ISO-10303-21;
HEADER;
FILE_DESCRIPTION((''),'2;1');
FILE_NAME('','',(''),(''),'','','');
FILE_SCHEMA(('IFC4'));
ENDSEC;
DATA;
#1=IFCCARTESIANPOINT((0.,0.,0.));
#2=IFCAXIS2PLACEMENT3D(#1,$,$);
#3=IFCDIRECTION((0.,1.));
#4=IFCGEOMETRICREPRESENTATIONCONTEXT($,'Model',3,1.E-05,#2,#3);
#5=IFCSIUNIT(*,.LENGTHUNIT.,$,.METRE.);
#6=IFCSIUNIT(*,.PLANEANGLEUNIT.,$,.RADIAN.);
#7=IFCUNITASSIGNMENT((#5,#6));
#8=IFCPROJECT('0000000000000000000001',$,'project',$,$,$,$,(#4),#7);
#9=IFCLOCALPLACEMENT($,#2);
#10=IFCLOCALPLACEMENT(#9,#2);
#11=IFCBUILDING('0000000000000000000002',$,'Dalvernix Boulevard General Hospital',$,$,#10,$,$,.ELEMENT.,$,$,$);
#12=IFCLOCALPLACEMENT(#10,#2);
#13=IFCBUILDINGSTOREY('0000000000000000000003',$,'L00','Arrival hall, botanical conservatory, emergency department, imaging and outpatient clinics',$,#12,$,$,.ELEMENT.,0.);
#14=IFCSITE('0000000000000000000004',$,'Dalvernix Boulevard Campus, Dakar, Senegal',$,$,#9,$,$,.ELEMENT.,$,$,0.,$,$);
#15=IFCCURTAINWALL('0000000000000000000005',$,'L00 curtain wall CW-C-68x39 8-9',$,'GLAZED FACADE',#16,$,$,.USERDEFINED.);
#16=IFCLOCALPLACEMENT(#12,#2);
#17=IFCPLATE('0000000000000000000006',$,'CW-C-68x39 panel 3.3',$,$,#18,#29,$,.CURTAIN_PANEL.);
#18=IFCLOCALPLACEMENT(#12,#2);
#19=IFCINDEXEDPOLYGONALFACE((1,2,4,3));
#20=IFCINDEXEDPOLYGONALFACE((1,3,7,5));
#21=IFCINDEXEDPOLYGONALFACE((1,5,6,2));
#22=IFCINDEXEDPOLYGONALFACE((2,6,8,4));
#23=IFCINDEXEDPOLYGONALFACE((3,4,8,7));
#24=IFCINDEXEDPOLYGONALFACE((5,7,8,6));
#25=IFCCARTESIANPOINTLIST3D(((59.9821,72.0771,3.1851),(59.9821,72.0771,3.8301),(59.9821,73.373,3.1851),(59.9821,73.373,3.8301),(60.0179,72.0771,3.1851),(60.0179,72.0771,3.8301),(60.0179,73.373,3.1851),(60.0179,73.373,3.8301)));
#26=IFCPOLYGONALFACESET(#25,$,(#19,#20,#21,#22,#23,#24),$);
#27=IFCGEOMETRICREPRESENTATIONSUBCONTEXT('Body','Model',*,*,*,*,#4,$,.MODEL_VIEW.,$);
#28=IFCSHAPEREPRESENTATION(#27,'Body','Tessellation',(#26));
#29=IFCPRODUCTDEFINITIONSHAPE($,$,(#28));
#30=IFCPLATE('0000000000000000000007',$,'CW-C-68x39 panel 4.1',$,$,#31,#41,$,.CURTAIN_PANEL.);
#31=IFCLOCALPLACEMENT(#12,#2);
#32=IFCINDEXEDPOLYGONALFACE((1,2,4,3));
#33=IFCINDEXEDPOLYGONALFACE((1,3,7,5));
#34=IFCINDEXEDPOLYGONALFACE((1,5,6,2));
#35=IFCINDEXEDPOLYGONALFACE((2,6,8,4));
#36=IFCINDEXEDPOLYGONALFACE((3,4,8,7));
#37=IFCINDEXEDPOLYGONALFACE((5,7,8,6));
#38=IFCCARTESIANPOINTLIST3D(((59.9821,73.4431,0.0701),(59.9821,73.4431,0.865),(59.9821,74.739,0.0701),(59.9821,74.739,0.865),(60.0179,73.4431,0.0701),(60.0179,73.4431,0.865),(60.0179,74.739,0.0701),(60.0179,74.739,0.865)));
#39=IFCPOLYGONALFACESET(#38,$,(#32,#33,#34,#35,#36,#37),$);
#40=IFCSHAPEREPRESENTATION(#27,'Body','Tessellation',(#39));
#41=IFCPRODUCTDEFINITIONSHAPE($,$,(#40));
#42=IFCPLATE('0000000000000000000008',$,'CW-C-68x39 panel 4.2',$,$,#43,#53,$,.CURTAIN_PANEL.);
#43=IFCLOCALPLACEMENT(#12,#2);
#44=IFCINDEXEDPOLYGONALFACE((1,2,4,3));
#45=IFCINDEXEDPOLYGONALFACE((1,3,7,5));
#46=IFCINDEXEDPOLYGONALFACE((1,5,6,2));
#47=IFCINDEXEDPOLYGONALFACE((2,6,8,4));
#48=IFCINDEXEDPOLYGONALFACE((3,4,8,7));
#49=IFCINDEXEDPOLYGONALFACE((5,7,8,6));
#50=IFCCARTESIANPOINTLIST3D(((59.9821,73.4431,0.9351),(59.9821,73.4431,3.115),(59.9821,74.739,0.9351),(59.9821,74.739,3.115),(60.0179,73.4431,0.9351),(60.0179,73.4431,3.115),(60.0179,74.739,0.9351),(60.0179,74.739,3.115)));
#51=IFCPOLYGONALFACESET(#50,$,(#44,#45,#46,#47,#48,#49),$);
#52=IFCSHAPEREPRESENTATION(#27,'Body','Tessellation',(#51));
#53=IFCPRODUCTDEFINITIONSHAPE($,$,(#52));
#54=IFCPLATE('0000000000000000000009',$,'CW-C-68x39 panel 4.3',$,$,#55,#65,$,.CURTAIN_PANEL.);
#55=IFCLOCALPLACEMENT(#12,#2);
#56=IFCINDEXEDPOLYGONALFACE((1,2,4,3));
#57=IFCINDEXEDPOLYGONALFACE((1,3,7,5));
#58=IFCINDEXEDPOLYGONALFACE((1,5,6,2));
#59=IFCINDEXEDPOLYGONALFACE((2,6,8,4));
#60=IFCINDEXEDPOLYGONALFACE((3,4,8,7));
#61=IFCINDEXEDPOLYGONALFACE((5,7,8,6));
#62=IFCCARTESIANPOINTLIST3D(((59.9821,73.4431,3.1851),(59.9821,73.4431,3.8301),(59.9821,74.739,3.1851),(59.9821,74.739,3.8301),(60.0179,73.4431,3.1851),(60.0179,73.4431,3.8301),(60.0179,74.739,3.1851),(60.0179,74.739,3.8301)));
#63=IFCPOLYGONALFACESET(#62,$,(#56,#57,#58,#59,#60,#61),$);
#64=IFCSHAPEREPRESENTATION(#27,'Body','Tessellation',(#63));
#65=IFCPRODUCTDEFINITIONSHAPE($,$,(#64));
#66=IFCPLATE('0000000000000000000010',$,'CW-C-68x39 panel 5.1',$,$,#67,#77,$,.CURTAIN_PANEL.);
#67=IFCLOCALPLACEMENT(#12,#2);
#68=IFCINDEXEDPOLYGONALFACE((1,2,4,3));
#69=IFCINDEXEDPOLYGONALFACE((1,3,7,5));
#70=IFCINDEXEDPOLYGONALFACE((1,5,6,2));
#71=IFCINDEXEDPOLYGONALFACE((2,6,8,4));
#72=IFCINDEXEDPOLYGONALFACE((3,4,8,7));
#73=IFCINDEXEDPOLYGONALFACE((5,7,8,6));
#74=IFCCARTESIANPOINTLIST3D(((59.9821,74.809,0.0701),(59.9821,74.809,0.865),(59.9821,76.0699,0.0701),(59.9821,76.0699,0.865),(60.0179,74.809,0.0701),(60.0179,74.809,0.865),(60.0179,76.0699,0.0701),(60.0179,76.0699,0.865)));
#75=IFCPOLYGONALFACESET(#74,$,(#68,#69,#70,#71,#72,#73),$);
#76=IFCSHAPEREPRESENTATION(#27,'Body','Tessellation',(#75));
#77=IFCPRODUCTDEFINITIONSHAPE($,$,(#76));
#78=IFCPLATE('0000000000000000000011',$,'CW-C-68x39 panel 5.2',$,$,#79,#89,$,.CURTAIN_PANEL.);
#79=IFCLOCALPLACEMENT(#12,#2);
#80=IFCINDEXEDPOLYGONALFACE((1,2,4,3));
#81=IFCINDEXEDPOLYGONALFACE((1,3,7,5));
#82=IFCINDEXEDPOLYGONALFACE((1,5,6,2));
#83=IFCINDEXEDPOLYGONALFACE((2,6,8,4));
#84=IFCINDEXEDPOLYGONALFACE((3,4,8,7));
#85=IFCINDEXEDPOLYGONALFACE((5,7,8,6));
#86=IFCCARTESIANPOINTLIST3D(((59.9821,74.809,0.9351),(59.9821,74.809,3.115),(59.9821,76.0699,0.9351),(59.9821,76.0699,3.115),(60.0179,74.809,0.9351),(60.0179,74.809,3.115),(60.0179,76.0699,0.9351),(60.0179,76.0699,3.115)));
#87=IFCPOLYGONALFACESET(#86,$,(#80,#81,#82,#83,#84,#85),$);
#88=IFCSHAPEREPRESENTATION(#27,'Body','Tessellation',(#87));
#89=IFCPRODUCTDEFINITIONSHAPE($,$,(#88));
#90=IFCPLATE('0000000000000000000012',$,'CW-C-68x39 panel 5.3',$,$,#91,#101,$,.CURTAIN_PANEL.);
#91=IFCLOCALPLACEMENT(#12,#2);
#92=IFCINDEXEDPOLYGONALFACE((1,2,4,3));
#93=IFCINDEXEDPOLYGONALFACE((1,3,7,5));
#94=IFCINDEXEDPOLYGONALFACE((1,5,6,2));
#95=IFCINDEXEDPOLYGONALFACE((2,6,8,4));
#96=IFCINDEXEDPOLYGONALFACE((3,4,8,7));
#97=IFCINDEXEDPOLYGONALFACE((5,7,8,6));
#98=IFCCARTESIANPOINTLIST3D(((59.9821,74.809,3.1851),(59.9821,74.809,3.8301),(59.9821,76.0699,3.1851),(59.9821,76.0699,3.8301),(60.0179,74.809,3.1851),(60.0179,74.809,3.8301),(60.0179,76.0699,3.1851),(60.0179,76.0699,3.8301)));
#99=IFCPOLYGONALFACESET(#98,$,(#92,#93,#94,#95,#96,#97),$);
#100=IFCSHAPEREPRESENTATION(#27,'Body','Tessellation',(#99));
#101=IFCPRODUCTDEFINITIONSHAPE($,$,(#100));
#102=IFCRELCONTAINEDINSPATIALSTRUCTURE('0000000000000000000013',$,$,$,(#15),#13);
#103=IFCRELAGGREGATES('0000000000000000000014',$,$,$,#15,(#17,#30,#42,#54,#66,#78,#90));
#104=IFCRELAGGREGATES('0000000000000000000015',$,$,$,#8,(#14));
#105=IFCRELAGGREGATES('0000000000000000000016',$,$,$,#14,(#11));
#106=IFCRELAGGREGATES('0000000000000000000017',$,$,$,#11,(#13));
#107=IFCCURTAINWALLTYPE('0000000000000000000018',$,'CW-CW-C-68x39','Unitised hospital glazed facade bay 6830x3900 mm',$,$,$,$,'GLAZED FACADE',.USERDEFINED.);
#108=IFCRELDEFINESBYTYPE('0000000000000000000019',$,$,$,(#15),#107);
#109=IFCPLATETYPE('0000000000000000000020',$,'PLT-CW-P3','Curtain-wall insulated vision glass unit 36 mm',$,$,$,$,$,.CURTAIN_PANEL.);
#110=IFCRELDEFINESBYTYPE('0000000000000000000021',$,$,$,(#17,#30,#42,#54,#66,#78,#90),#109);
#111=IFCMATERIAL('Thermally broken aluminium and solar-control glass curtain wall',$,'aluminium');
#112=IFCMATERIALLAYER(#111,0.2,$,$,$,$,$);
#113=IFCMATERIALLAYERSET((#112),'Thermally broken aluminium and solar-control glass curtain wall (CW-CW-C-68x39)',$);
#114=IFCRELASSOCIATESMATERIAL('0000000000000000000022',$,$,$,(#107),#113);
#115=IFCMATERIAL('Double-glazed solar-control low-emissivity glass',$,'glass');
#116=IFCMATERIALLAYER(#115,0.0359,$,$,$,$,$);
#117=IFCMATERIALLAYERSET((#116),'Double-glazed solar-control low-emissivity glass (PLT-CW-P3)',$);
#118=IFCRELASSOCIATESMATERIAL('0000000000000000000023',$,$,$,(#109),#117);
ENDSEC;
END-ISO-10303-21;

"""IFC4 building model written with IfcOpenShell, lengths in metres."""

from ifc_helpers import new_model, si_unit, direction, frame, origin, origin_2d, place, context, subcontext, project, spatial, rectangle, extrude, material, layer, layer_set, type_object, element, aggregate, save


model = new_model("IFC4")

# Units and contexts
model_context = context("Model", 3, precision=1e-05, world=origin(), true_north=direction((0.0, 1.0)))
body_context = subcontext(model_context, "Body", "Model", "MODEL_VIEW")
ifc_project = project(units=[si_unit("LENGTHUNIT", "METRE"), si_unit("PLANEANGLEUNIT", "RADIAN")], contexts=[model_context])

# Site, building, storey
site_placement = place(None, origin())
site = spatial("IfcSite", under=ifc_project, at=site_placement, Name="Dalvernix Boulevard Campus, Dakar, Senegal", CompositionType="ELEMENT", RefElevation=0.0)
building_placement = place(site_placement, origin())
building = spatial("IfcBuilding", under=site, at=building_placement, Name="Dalvernix Boulevard General Hospital", CompositionType="ELEMENT")
storey_placement = place(building_placement, origin())
storey = spatial("IfcBuildingStorey", under=building, at=storey_placement, Name="L00", Description="Arrival hall, botanical conservatory, emergency department, imaging and outpatient clinics", CompositionType="ELEMENT", Elevation=0.0)

# Curtain wall, plates
ifc_material_1 = material(Name="Thermally broken aluminium and solar-control glass curtain wall", Category="aluminium")
ifc_layer_1 = layer(ifc_material_1, 0.2)
ifc_layer_set_1 = layer_set([ifc_layer_1], Name="Thermally broken aluminium and solar-control glass curtain wall (CW-CW-C-68x39)")
curtain_wall_type = type_object("IfcCurtainWallType", Name="CW-CW-C-68x39", Description="Unitised hospital glazed facade bay 6830x3900 mm", ElementType="GLAZED FACADE", PredefinedType="USERDEFINED", material=ifc_layer_set_1)
curtain_wall_placement = place(storey_placement, origin())
curtain_wall = element("IfcCurtainWall", 1, at=curtain_wall_placement, inside=storey, type_object=curtain_wall_type, Name="L00 curtain wall CW-C-68x39 8-9", ObjectType="GLAZED FACADE", PredefinedType="USERDEFINED")
ifc_material_2 = material(Name="Double-glazed solar-control low-emissivity glass", Category="glass")
ifc_layer_2 = layer(ifc_material_2, 0.0359)
ifc_layer_set_2 = layer_set([ifc_layer_2], Name="Double-glazed solar-control low-emissivity glass (PLT-CW-P3)")
plate_type = type_object("IfcPlateType", Name="PLT-CW-P3", Description="Curtain-wall insulated vision glass unit 36 mm", PredefinedType="CURTAIN_PANEL", material=ifc_layer_set_2)
plate_1_placement = place(storey_placement, frame((60.0, 72.7251, 3.1851), z_axis=(0.0, 0.0, 1.0), x_axis=(0.0, 1.0, 0.0)))
plate_1 = element("IfcPlate", 2, at=plate_1_placement, type_object=plate_type, Name="CW-C-68x39 panel 3.3", PredefinedType="CURTAIN_PANEL", context=body_context, shape_type="SweptSolid", body=[
    extrude(rectangle(XDim=1.2959, YDim=0.0359, at=origin_2d()), origin(), (0.0, 0.0, 1.0), 0.645),
])
plate_2_placement = place(storey_placement, frame((60.0, 74.0911, 0.0701), z_axis=(0.0, 0.0, 1.0), x_axis=(0.0, 1.0, 0.0)))
plate_2 = element("IfcPlate", 3, at=plate_2_placement, type_object=plate_type, Name="CW-C-68x39 panel 4.1", PredefinedType="CURTAIN_PANEL", context=body_context, shape_type="SweptSolid", body=[
    extrude(rectangle(XDim=1.2959, YDim=0.0359, at=origin_2d()), origin(), (0.0, 0.0, 1.0), 0.7949),
])
plate_3_placement = place(storey_placement, frame((60.0, 74.0911, 0.9351), z_axis=(0.0, 0.0, 1.0), x_axis=(0.0, 1.0, 0.0)))
plate_3 = element("IfcPlate", 4, at=plate_3_placement, type_object=plate_type, Name="CW-C-68x39 panel 4.2", PredefinedType="CURTAIN_PANEL", context=body_context, shape_type="SweptSolid", body=[
    extrude(rectangle(XDim=1.2959, YDim=0.0359, at=origin_2d()), origin(), (0.0, 0.0, 1.0), 2.1799),
])
plate_4_placement = place(storey_placement, frame((60.0, 74.0911, 3.1851), z_axis=(0.0, 0.0, 1.0), x_axis=(0.0, 1.0, 0.0)))
plate_4 = element("IfcPlate", 5, at=plate_4_placement, type_object=plate_type, Name="CW-C-68x39 panel 4.3", PredefinedType="CURTAIN_PANEL", context=body_context, shape_type="SweptSolid", body=[
    extrude(rectangle(XDim=1.2959, YDim=0.0359, at=origin_2d()), origin(), (0.0, 0.0, 1.0), 0.645),
])
plate_5_placement = place(storey_placement, frame((60.0, 75.4395, 0.0701), z_axis=(0.0, 0.0, 1.0), x_axis=(0.0, 1.0, 0.0)))
plate_5 = element("IfcPlate", 6, at=plate_5_placement, type_object=plate_type, Name="CW-C-68x39 panel 5.1", PredefinedType="CURTAIN_PANEL", context=body_context, shape_type="SweptSolid", body=[
    extrude(rectangle(XDim=1.261, YDim=0.0359, at=origin_2d()), origin(), (0.0, 0.0, 1.0), 0.7949),
])
plate_6_placement = place(storey_placement, frame((60.0, 75.4395, 0.9351), z_axis=(0.0, 0.0, 1.0), x_axis=(0.0, 1.0, 0.0)))
plate_6 = element("IfcPlate", 7, at=plate_6_placement, type_object=plate_type, Name="CW-C-68x39 panel 5.2", PredefinedType="CURTAIN_PANEL", context=body_context, shape_type="SweptSolid", body=[
    extrude(rectangle(XDim=1.261, YDim=0.0359, at=origin_2d()), origin(), (0.0, 0.0, 1.0), 2.1799),
])
plate_7_placement = place(storey_placement, frame((60.0, 75.4395, 3.1851), z_axis=(0.0, 0.0, 1.0), x_axis=(0.0, 1.0, 0.0)))
plate_7 = element("IfcPlate", 8, at=plate_7_placement, type_object=plate_type, Name="CW-C-68x39 panel 5.3", PredefinedType="CURTAIN_PANEL", context=body_context, shape_type="SweptSolid", body=[
    extrude(rectangle(XDim=1.261, YDim=0.0359, at=origin_2d()), origin(), (0.0, 0.0, 1.0), 0.645),
])
aggregate(curtain_wall, [plate_1, plate_2, plate_3, plate_4, plate_5, plate_6, plate_7])

save(model, "model.ifc")
